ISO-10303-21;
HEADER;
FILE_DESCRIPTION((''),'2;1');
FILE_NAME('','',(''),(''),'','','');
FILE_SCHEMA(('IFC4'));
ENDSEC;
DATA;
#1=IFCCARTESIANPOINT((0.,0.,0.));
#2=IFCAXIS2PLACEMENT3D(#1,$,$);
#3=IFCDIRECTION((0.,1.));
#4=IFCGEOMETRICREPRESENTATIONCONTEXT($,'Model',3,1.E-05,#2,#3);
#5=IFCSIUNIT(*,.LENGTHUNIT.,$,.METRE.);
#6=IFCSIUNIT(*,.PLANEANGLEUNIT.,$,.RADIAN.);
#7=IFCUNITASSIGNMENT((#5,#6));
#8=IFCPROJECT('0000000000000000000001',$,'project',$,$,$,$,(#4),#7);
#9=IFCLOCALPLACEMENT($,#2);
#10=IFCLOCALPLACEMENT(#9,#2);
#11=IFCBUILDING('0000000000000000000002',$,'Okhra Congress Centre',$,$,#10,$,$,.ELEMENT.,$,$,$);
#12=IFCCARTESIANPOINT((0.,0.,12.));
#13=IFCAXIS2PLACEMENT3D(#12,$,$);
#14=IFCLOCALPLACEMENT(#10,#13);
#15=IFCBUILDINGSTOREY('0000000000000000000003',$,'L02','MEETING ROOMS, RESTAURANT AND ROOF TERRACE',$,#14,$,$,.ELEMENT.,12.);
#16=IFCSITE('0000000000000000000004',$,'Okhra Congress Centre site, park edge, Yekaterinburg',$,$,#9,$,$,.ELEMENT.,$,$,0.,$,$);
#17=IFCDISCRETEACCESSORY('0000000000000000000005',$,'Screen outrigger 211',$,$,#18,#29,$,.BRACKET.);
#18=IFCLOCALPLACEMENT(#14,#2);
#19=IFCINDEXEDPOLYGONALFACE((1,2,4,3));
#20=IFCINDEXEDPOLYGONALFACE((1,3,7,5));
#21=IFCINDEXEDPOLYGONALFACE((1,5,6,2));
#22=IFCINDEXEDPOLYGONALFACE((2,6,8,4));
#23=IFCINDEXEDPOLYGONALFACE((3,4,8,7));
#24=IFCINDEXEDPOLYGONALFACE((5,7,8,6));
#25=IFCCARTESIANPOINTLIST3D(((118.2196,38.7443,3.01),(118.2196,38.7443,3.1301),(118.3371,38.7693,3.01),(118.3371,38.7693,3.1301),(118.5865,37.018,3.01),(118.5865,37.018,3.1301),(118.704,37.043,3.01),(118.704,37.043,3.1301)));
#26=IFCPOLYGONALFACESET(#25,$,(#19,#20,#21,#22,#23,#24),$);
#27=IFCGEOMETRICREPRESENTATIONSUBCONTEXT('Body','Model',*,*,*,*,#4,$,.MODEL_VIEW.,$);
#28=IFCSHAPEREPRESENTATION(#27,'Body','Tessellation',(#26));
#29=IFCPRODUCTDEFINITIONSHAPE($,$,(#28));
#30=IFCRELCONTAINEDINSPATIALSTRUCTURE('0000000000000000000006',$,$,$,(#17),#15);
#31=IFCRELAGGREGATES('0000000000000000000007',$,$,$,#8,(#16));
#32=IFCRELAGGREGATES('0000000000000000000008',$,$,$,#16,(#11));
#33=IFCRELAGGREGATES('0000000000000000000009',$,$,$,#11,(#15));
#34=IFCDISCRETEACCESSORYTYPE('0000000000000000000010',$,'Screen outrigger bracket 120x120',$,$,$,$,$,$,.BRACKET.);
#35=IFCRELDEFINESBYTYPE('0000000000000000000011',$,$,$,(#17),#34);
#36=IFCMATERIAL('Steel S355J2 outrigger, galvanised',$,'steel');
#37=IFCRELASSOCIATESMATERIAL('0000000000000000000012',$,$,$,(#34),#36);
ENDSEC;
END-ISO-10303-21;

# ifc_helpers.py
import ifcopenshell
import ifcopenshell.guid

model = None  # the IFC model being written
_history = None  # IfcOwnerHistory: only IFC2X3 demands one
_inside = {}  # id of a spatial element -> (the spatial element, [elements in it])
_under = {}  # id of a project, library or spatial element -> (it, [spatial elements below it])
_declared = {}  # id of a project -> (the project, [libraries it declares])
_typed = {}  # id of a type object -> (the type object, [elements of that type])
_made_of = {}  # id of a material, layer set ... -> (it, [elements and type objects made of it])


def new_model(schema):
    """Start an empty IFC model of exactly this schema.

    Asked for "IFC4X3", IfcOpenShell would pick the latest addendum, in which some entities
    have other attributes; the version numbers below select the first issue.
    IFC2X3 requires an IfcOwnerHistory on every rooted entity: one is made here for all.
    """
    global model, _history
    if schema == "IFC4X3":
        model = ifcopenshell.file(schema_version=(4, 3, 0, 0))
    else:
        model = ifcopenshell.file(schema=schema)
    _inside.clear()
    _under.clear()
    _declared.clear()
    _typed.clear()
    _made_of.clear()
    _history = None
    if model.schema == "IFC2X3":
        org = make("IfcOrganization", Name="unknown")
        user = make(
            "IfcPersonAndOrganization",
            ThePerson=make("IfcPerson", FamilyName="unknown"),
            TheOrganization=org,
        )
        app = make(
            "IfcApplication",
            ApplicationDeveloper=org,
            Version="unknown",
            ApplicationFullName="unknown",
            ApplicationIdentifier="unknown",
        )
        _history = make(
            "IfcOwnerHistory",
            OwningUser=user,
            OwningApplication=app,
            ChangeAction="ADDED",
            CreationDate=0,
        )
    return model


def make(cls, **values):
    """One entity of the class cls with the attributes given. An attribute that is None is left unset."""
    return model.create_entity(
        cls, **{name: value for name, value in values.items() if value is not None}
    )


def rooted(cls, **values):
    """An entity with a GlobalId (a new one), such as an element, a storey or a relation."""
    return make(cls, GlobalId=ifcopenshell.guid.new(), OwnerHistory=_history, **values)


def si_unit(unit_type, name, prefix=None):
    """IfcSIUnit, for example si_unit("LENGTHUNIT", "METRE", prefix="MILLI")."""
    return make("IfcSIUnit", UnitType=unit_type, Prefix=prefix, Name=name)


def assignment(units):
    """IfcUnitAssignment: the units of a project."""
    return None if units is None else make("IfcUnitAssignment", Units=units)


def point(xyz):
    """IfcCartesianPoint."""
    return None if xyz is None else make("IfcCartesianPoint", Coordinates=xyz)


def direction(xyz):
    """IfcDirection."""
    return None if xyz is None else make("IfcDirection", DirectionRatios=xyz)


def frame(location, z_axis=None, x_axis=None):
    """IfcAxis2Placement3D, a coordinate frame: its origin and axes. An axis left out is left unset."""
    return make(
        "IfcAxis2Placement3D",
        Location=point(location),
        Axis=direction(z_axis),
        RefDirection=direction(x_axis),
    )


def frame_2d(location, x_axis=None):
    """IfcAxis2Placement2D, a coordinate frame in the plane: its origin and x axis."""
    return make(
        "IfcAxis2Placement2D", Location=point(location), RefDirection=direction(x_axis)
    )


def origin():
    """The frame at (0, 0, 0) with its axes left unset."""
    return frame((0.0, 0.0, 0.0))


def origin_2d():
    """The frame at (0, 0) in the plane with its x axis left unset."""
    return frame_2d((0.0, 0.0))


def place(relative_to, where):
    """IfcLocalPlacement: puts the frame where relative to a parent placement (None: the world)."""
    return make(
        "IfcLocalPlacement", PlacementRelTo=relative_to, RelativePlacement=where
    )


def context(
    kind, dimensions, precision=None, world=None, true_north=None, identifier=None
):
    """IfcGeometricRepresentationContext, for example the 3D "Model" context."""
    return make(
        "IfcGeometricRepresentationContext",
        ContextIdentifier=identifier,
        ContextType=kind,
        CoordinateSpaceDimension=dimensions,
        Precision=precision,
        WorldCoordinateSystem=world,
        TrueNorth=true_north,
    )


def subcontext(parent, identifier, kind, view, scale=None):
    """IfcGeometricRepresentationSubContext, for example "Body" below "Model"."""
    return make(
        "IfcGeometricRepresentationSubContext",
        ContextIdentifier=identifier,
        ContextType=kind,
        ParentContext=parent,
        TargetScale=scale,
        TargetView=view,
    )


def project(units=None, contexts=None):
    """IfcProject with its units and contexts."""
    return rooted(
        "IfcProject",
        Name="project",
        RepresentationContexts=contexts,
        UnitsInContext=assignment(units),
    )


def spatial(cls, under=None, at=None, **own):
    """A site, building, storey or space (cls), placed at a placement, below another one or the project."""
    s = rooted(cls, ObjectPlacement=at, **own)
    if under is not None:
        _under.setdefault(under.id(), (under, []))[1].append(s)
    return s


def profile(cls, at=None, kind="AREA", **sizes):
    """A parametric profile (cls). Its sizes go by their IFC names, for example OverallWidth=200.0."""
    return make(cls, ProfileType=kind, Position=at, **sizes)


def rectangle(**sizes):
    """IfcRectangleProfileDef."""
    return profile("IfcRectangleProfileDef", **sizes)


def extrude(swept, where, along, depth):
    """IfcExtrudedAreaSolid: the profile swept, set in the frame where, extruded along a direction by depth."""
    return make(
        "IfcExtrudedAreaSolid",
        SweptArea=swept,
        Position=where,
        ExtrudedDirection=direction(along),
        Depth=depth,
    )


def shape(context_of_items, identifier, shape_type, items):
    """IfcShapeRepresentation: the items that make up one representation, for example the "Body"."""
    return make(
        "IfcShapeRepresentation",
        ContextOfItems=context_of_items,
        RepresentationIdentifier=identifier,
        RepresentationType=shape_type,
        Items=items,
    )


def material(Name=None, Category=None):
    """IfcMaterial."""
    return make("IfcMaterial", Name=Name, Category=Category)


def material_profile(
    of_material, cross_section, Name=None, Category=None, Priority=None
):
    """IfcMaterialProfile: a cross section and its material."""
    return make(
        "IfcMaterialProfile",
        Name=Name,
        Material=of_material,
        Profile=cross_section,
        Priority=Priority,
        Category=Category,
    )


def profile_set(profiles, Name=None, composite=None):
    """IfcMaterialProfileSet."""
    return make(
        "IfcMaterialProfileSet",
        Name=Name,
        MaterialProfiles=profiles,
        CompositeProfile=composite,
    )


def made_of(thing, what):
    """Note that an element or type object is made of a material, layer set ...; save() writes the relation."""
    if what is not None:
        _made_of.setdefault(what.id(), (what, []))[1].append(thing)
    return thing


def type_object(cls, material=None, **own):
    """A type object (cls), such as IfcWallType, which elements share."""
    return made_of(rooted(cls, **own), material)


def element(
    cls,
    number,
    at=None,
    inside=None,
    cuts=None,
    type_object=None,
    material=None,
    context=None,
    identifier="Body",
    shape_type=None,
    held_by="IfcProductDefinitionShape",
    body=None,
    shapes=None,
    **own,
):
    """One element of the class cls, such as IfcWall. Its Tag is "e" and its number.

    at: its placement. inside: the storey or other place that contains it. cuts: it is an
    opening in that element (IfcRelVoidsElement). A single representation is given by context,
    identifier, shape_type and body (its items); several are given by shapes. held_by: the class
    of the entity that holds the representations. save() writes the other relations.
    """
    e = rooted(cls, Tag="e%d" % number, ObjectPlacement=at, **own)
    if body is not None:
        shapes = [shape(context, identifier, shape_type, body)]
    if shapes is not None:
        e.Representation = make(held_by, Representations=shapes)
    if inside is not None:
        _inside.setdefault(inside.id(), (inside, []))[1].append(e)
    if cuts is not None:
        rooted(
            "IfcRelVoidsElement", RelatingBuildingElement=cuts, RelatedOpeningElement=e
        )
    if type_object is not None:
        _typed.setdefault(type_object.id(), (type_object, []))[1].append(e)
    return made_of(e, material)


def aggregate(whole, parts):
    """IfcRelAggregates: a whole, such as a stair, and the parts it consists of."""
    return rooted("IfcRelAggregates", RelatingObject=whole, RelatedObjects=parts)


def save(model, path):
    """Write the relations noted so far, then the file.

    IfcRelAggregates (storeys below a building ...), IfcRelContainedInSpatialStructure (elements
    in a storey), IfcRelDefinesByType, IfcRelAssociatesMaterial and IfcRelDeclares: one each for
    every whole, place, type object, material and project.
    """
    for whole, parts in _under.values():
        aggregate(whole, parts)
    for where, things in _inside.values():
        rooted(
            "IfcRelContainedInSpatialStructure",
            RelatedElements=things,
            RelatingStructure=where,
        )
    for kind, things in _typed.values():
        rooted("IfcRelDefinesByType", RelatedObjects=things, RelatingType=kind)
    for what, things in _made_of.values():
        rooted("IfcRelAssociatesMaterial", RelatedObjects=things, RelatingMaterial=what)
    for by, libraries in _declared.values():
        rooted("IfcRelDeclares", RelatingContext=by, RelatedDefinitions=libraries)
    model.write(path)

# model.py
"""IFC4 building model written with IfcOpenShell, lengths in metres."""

from ifc_helpers import new_model, si_unit, direction, frame, origin, origin_2d, place, context, subcontext, project, spatial, rectangle, extrude, material, material_profile, profile_set, type_object, element, save


model = new_model("IFC4")

# Units and contexts
model_context = context("Model", 3, precision=1e-05, world=origin(), true_north=direction((0.0, 1.0)))
body_context = subcontext(model_context, "Body", "Model", "MODEL_VIEW")
ifc_project = project(units=[si_unit("LENGTHUNIT", "METRE"), si_unit("PLANEANGLEUNIT", "RADIAN")], contexts=[model_context])

# Site, building, storey
site_placement = place(None, origin())
site = spatial("IfcSite", under=ifc_project, at=site_placement, Name="Okhra Congress Centre site, park edge, Yekaterinburg", CompositionType="ELEMENT", RefElevation=0.0)
building_placement = place(site_placement, origin())
building = spatial("IfcBuilding", under=site, at=building_placement, Name="Okhra Congress Centre", CompositionType="ELEMENT")
storey_placement = place(building_placement, frame((0.0, 0.0, 12.0)))
storey = spatial("IfcBuildingStorey", under=building, at=storey_placement, Name="L02", Description="MEETING ROOMS, RESTAURANT AND ROOF TERRACE", CompositionType="ELEMENT", Elevation=12.0)

# Discrete accessory
ifc_material_1 = material(Name="Steel S355J2 outrigger, galvanised", Category="steel")
ifc_material_profile_1 = material_profile(ifc_material_1, rectangle(XDim=0.1201, YDim=0.1201, at=origin_2d()), Name="Screen outrigger bracket 120x120")
ifc_profile_set_1 = profile_set([ifc_material_profile_1], Name="Steel S355J2 outrigger, galvanised")
discrete_accessory_type = type_object("IfcDiscreteAccessoryType", Name="Screen outrigger bracket 120x120", PredefinedType="BRACKET", material=ifc_profile_set_1)
for number, where, z_axis, x_axis, name in (
    (1, (118.2783, 38.7568, 3.0701), (0.207913, -0.978147, 0.0), (0.978147, 0.207913, 0.0), "Screen outrigger 211"),
):
    element("IfcDiscreteAccessory", number, at=place(storey_placement, frame(where, z_axis=z_axis, x_axis=x_axis)), inside=storey, type_object=discrete_accessory_type, Name=name, PredefinedType="BRACKET", context=body_context, shape_type="SweptSolid", body=[
        extrude(rectangle(XDim=0.1201, YDim=0.1201, at=origin_2d()), origin(), (0.0, 0.0, 1.0), 1.7649),
    ])

save(model, "model.ifc")
